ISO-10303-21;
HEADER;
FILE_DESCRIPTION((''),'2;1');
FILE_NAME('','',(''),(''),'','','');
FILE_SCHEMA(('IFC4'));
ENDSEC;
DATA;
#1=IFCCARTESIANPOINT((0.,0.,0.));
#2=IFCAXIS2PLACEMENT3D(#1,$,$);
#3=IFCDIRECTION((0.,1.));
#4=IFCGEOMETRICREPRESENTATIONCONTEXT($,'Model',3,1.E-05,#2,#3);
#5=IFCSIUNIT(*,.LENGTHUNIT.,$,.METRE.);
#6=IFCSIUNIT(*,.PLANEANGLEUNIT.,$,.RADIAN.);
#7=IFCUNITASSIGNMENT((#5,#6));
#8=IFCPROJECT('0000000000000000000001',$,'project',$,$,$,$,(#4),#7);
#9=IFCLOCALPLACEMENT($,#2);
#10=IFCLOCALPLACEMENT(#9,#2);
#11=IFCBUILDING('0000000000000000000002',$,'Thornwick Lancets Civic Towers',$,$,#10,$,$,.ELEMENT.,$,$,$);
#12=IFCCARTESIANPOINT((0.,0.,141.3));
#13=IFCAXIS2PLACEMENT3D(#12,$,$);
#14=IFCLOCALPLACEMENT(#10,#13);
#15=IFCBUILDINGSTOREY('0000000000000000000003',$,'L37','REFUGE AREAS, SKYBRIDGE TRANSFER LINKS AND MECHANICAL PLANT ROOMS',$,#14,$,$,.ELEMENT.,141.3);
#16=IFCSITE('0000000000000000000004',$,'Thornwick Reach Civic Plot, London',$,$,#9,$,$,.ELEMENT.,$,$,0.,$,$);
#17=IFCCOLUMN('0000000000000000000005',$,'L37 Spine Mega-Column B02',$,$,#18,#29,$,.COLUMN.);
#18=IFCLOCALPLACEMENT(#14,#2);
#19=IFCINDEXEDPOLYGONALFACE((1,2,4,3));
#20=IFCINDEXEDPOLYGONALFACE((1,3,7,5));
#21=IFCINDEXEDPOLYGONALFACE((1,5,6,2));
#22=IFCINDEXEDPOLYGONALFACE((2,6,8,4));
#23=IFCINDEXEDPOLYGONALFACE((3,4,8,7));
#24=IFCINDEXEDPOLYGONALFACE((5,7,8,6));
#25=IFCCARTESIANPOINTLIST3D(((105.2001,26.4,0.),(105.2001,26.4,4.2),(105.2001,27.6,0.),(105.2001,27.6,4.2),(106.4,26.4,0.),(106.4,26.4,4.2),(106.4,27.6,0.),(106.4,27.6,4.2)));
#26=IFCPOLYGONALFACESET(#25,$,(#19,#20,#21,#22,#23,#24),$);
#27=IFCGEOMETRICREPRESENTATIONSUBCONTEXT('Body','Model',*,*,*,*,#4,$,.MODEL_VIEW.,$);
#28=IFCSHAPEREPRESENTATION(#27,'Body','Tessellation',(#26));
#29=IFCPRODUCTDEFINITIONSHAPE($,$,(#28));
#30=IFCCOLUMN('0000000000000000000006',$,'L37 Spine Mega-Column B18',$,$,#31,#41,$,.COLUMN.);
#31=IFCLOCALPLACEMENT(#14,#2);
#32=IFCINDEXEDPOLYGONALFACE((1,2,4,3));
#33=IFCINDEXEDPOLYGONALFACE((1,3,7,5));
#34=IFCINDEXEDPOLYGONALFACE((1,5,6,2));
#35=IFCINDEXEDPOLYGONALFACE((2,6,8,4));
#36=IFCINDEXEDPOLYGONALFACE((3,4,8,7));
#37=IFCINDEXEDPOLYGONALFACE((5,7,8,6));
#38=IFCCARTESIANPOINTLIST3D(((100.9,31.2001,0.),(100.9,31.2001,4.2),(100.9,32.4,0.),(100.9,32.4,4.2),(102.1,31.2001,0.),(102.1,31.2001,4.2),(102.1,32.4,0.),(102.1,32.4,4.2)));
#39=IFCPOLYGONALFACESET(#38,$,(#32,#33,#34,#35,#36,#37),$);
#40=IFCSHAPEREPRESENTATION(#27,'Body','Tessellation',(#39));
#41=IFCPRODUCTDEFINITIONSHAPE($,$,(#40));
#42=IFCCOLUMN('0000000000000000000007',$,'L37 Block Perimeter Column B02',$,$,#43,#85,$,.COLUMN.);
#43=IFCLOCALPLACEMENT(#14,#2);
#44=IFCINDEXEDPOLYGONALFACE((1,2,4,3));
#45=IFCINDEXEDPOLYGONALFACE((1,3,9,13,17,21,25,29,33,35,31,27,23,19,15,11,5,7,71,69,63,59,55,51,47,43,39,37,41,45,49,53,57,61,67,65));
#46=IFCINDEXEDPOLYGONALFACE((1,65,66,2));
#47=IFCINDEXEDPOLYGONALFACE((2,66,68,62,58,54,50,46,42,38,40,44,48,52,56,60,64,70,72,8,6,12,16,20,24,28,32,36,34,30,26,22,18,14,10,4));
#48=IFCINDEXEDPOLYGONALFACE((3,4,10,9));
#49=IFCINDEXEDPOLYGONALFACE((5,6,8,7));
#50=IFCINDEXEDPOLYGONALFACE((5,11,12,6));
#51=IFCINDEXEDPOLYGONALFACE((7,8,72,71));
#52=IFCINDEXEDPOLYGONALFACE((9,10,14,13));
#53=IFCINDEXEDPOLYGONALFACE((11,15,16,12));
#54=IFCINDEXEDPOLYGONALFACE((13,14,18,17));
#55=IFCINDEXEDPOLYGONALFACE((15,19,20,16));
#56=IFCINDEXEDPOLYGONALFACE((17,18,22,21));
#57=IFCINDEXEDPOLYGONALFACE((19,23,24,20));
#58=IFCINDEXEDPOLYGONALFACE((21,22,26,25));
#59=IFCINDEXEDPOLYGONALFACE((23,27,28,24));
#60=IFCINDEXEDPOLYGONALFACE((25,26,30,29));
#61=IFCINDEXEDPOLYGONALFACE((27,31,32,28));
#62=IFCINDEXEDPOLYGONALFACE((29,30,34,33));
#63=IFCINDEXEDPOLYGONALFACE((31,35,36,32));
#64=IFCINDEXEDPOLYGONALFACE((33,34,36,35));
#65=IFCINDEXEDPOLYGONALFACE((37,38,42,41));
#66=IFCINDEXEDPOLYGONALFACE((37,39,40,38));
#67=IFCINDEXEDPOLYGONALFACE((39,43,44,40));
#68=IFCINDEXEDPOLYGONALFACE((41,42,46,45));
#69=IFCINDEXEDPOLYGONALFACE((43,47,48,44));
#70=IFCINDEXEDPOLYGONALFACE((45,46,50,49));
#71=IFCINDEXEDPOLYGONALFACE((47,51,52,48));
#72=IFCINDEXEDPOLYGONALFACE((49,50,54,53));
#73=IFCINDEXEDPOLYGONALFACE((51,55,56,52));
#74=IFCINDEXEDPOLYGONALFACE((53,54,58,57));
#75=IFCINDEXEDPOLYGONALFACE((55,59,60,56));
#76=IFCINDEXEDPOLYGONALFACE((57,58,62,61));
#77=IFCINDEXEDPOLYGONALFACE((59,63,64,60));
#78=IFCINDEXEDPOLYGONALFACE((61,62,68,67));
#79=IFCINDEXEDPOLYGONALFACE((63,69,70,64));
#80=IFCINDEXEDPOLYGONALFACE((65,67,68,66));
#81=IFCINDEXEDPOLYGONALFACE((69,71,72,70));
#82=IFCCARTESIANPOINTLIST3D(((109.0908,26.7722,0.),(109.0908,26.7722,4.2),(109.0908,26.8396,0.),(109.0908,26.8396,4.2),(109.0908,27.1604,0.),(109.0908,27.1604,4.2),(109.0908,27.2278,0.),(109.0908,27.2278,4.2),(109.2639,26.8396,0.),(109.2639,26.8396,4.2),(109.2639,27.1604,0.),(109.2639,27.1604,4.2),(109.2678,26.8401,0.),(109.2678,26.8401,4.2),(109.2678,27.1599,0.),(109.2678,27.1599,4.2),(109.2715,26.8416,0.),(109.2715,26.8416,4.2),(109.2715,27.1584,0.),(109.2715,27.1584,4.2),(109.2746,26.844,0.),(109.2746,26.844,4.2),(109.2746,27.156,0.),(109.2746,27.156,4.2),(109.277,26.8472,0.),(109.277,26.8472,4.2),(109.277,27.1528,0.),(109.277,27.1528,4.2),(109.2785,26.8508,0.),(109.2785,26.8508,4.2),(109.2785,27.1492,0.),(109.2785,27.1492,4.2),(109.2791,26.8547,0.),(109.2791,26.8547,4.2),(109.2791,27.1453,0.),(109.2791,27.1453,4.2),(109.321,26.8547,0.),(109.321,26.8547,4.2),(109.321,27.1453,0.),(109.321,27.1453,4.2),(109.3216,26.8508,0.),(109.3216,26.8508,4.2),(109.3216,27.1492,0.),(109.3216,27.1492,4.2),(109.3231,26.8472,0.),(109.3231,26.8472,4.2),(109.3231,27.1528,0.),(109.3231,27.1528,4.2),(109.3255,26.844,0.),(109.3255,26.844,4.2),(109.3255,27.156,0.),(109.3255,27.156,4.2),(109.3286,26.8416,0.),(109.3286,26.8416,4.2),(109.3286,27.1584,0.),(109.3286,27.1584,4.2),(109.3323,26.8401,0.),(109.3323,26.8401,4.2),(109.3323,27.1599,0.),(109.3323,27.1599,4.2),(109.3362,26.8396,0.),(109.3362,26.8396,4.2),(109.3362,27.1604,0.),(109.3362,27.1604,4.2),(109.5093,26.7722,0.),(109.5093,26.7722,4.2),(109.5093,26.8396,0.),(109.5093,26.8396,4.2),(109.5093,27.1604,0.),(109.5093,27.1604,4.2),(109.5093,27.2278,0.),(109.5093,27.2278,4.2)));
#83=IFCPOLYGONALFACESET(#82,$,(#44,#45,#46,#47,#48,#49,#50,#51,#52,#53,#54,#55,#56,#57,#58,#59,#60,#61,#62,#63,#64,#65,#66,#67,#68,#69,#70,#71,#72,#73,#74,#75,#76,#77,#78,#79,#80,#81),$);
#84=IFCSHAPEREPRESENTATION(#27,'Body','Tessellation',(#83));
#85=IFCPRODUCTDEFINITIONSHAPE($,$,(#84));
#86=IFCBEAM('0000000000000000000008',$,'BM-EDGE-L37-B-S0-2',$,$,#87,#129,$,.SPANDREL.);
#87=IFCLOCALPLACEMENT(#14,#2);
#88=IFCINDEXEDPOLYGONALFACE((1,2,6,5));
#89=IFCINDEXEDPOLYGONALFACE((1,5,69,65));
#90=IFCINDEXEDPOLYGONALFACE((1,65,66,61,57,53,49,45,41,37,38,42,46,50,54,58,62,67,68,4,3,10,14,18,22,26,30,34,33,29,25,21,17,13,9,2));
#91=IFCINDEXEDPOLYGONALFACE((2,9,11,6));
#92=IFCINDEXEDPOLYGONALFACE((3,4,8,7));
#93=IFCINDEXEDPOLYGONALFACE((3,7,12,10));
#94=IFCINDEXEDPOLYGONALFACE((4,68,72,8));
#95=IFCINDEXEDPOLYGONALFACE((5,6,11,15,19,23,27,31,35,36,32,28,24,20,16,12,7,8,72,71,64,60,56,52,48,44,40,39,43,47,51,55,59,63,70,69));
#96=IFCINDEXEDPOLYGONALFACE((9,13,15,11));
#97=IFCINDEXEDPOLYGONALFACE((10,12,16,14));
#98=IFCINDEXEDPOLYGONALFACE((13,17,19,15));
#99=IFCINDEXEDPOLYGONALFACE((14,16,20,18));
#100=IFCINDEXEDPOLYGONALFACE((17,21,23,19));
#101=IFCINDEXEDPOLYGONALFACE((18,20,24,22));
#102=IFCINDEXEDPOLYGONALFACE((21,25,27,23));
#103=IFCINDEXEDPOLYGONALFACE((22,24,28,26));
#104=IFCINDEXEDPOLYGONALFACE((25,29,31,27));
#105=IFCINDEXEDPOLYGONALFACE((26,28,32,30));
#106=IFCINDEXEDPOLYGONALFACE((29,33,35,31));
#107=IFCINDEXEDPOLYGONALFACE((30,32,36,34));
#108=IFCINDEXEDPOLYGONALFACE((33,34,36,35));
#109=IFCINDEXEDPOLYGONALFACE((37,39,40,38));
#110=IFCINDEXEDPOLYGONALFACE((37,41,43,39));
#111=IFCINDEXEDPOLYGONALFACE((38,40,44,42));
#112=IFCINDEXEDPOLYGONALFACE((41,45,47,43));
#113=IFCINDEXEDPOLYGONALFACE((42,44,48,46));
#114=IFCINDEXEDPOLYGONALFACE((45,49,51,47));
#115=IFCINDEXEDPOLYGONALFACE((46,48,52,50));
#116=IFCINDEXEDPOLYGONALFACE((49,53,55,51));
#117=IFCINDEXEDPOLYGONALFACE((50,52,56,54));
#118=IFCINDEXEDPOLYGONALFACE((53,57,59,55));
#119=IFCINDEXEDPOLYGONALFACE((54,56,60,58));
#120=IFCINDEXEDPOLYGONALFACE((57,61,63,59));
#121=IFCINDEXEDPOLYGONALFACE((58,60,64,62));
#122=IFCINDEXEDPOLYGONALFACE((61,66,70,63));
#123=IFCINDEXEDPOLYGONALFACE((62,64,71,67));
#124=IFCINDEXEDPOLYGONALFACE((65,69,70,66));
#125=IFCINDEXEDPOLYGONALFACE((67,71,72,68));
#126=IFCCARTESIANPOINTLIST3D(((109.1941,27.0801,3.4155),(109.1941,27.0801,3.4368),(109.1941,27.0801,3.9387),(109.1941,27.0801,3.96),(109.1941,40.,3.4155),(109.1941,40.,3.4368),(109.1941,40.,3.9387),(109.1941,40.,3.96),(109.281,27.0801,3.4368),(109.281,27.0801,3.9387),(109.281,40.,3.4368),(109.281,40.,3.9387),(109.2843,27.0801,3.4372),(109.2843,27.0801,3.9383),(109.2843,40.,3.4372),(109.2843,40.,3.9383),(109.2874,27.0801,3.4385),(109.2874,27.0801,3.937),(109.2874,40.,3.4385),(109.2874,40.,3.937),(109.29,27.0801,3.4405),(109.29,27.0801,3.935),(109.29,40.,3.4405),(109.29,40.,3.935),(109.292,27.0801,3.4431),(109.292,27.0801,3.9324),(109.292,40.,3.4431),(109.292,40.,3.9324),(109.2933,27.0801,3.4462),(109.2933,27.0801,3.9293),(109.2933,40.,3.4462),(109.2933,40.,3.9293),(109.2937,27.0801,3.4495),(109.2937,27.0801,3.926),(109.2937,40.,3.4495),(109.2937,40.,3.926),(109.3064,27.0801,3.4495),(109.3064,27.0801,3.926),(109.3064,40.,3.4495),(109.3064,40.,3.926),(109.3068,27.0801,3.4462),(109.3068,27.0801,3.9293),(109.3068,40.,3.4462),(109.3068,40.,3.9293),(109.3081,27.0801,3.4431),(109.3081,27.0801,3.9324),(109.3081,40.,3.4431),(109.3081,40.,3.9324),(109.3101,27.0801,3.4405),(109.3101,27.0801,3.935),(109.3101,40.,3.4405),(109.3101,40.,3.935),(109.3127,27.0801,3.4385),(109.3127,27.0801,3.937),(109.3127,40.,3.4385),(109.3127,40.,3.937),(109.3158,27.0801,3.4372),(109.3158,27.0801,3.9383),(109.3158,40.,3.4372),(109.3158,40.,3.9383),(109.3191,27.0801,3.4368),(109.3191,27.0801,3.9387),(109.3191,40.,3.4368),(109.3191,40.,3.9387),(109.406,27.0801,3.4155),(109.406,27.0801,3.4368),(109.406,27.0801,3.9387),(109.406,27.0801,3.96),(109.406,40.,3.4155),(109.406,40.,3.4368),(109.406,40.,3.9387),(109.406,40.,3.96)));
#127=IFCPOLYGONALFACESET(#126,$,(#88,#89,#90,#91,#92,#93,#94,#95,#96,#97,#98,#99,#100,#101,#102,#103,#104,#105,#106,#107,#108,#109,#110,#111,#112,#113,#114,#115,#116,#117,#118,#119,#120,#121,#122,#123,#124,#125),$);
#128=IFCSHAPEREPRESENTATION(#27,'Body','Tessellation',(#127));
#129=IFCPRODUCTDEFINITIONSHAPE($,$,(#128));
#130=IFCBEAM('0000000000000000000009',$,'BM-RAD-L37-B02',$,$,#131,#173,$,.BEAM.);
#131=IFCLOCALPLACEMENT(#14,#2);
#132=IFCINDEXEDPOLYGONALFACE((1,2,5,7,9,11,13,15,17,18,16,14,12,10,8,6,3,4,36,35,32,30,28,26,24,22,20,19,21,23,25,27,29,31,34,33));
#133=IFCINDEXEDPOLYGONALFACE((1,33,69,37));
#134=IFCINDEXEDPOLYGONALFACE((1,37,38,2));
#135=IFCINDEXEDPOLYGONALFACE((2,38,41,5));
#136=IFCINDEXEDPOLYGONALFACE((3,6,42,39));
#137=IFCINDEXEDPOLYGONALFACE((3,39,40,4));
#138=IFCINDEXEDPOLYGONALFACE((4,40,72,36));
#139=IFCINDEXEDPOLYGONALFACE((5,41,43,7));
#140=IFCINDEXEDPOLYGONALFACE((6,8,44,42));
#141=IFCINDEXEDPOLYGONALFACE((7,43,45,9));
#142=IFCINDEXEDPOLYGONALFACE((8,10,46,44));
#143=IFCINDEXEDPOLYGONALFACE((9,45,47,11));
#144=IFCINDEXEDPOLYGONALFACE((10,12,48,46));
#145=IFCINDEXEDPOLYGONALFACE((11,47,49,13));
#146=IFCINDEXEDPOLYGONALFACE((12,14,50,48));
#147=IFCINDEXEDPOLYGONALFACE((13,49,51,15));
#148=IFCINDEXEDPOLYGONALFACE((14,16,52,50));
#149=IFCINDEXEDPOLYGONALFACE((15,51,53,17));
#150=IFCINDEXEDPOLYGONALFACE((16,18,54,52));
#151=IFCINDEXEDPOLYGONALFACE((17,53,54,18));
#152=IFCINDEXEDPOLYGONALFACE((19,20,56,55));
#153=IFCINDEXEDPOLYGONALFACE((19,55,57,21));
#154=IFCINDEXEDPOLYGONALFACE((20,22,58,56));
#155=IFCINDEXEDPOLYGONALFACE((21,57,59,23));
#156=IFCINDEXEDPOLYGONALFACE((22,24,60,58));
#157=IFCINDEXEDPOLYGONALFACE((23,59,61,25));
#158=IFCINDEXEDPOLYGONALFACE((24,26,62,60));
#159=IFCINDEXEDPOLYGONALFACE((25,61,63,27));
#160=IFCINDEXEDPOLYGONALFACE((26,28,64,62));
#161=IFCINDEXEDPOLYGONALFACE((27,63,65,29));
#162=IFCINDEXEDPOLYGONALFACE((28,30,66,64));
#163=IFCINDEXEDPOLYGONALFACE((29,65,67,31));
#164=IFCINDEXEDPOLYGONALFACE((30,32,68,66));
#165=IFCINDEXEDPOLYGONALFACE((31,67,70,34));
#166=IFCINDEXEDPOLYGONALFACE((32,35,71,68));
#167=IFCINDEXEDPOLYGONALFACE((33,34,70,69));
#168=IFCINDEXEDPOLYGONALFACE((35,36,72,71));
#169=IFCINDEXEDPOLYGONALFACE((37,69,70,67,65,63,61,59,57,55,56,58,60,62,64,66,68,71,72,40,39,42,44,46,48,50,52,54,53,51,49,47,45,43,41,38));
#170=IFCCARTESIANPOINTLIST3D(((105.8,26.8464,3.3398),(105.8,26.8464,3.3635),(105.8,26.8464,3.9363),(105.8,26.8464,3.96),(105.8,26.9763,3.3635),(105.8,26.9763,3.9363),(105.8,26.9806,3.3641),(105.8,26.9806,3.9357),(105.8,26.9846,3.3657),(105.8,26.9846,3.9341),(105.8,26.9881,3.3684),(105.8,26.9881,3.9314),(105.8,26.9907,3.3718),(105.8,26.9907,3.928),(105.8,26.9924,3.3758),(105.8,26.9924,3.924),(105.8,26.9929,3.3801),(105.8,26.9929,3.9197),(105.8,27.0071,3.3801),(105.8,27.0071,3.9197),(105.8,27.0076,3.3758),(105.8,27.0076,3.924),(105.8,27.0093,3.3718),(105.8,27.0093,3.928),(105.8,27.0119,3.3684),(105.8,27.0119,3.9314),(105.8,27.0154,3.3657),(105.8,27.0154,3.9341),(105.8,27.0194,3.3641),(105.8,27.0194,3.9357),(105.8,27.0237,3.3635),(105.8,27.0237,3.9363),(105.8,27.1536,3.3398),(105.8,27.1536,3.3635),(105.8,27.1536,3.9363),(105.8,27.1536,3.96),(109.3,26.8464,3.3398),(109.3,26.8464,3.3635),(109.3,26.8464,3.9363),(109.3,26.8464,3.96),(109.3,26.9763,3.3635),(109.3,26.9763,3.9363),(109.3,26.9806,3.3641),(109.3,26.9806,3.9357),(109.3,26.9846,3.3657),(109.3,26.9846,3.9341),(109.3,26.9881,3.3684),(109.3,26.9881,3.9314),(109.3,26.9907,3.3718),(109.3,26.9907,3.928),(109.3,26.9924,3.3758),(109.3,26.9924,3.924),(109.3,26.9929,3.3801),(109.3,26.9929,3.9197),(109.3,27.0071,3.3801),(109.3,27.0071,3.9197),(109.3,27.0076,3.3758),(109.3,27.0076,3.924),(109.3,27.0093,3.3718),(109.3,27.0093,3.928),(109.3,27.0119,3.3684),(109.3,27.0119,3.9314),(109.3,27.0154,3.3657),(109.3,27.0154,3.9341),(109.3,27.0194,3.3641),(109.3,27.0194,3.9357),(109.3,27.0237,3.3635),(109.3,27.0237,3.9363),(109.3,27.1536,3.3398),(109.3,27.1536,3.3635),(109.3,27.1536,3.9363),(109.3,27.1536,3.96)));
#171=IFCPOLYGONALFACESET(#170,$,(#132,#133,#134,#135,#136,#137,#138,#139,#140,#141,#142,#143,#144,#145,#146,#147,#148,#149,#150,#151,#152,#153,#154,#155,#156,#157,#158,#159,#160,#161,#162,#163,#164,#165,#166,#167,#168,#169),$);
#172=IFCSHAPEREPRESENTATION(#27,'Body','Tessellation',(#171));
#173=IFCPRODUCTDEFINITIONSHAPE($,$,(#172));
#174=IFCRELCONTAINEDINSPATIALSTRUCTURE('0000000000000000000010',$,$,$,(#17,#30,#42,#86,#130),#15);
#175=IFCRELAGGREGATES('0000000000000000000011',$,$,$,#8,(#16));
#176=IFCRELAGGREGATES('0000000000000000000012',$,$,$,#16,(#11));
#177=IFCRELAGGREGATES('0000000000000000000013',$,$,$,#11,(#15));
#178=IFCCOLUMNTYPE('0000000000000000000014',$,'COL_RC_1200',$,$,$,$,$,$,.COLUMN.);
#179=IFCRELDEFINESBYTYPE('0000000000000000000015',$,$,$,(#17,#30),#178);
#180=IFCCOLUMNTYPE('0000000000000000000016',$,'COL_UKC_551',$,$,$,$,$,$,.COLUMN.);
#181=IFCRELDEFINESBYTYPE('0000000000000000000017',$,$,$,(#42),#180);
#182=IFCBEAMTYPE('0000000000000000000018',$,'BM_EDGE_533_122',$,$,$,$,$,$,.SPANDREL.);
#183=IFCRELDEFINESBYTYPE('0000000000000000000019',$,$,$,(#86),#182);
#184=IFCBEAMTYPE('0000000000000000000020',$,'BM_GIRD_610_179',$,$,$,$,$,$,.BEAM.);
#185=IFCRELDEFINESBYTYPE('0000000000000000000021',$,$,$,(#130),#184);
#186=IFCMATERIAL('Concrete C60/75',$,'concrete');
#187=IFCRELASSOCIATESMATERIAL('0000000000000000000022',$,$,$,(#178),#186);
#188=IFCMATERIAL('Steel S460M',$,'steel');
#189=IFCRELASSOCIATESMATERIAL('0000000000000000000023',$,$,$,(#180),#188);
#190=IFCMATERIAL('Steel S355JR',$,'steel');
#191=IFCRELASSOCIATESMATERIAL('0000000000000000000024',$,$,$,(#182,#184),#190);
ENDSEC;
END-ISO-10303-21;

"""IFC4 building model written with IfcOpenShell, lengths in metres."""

from ifc_helpers import new_model, si_unit, direction, frame, origin, origin_2d, place, context, subcontext, project, spatial, rectangle, i_section, extrude, material, material_profile, profile_set, type_object, element, save


model = new_model("IFC4")

# Units and contexts
model_context = context("Model", 3, precision=1e-05, world=origin(), true_north=direction((0.0, 1.0)))
body_context = subcontext(model_context, "Body", "Model", "MODEL_VIEW")
ifc_project = project(units=[si_unit("LENGTHUNIT", "METRE"), si_unit("PLANEANGLEUNIT", "RADIAN")], contexts=[model_context])

# Site, building, storey
site_placement = place(None, origin())
site = spatial("IfcSite", under=ifc_project, at=site_placement, Name="Thornwick Reach Civic Plot, London", CompositionType="ELEMENT", RefElevation=0.0)
building_placement = place(site_placement, origin())
building = spatial("IfcBuilding", under=site, at=building_placement, Name="Thornwick Lancets Civic Towers", CompositionType="ELEMENT")
storey_placement = place(building_placement, frame((0.0, 0.0, 141.3)))
storey = spatial("IfcBuildingStorey", under=building, at=storey_placement, Name="L37", Description="REFUGE AREAS, SKYBRIDGE TRANSFER LINKS AND MECHANICAL PLANT ROOMS", CompositionType="ELEMENT", Elevation=141.3)

# Columns
ifc_material_1 = material(Name="Concrete C60/75", Category="concrete")
ifc_material_profile_1 = material_profile(ifc_material_1, rectangle(XDim=1.2, YDim=1.2, at=origin_2d()), Name="RC 1200x1200")
ifc_profile_set_1 = profile_set([ifc_material_profile_1], Name="Concrete C60/75")
column_type_1 = type_object("IfcColumnType", Name="COL_RC_1200", PredefinedType="COLUMN", material=ifc_profile_set_1)
for number, where, z_axis, x_axis, name in (
    (1, (105.8, 27.0, 0.0), (0.0, 0.0, 1.0), (1.0, 0.0, 0.0), "L37 Spine Mega-Column B02"),
    (2, (101.5, 31.8, 0.0), (0.0, 0.0, 1.0), (1.0, 0.0, 0.0), "L37 Spine Mega-Column B18"),
):
    element("IfcColumn", number, at=place(storey_placement, frame(where, z_axis=z_axis, x_axis=x_axis)), inside=storey, type_object=column_type_1, Name=name, PredefinedType="COLUMN", context=body_context, shape_type="SweptSolid", body=[
        extrude(rectangle(XDim=1.2, YDim=1.2, at=origin_2d()), origin(), (0.0, 0.0, 1.0), 4.2),
    ])
ifc_material_2 = material(Name="Steel S460M", Category="steel")
ifc_material_profile_2 = material_profile(ifc_material_2, i_section(OverallWidth=0.4185, OverallDepth=0.4556, WebThickness=0.042, FlangeThickness=0.0674, FilletRadius=0.0151, at=origin_2d()), Name="UKC 356x406x551")
ifc_profile_set_2 = profile_set([ifc_material_profile_2], Name="Steel S460M")
column_type_2 = type_object("IfcColumnType", Name="COL_UKC_551", PredefinedType="COLUMN", material=ifc_profile_set_2)
column_placement = place(storey_placement, frame((109.3, 27.0, 0.0), z_axis=(0.0, 0.0, 1.0), x_axis=(1.0, 0.0, 0.0)))
element("IfcColumn", 3, at=column_placement, inside=storey, type_object=column_type_2, Name="L37 Block Perimeter Column B02", PredefinedType="COLUMN", context=body_context, shape_type="SweptSolid", body=[
    extrude(i_section(OverallWidth=0.4185, OverallDepth=0.4556, WebThickness=0.042, FlangeThickness=0.0674, FilletRadius=0.0151, at=origin_2d()), origin(), (0.0, 0.0, 1.0), 4.2),
])

# Beams
ifc_material_3 = material(Name="Steel S355JR", Category="steel")
ifc_material_profile_3 = material_profile(ifc_material_3, i_section(OverallWidth=0.2119, OverallDepth=0.5444, WebThickness=0.0127, FlangeThickness=0.0212, FilletRadius=0.0127, at=origin_2d()), Name="UKB 533x210x122")
ifc_profile_set_3 = profile_set([ifc_material_profile_3], Name="Steel S355JR")
beam_type_1 = type_object("IfcBeamType", Name="BM_EDGE_533_122", PredefinedType="SPANDREL", material=ifc_profile_set_3)
beam_1_placement = place(storey_placement, frame((109.3, 27.0801, 3.6877), z_axis=(0.0, 1.0, 0.0), x_axis=(-1.0, 0.0, 0.0)))
element("IfcBeam", 4, at=beam_1_placement, inside=storey, type_object=beam_type_1, Name="BM-EDGE-L37-B-S0-2", PredefinedType="SPANDREL", context=body_context, shape_type="SweptSolid", body=[
    extrude(i_section(OverallWidth=0.2119, OverallDepth=0.5444, WebThickness=0.0127, FlangeThickness=0.0212, FilletRadius=0.0127, at=origin_2d()), origin(), (0.0, 0.0, 1.0), 12.9199),
])
ifc_material_profile_4 = material_profile(ifc_material_3, i_section(OverallWidth=0.3071, OverallDepth=0.6201, WebThickness=0.0142, FlangeThickness=0.0237, FilletRadius=0.0166, at=origin_2d()), Name="UKB 610x305x179")
ifc_profile_set_4 = profile_set([ifc_material_profile_4], Name="Steel S355JR")
beam_type_2 = type_object("IfcBeamType", Name="BM_GIRD_610_179", PredefinedType="BEAM", material=ifc_profile_set_4)
beam_2_placement = place(storey_placement, frame((105.8, 27.0, 3.6499), z_axis=(1.0, 0.0, 0.0), x_axis=(0.0, 1.0, 0.0)))
element("IfcBeam", 5, at=beam_2_placement, inside=storey, type_object=beam_type_2, Name="BM-RAD-L37-B02", PredefinedType="BEAM", context=body_context, shape_type="SweptSolid", body=[
    extrude(i_section(OverallWidth=0.3071, OverallDepth=0.6201, WebThickness=0.0142, FlangeThickness=0.0237, FilletRadius=0.0166, at=origin_2d()), origin(), (0.0, 0.0, 1.0), 3.5),
])

save(model, "model.ifc")
